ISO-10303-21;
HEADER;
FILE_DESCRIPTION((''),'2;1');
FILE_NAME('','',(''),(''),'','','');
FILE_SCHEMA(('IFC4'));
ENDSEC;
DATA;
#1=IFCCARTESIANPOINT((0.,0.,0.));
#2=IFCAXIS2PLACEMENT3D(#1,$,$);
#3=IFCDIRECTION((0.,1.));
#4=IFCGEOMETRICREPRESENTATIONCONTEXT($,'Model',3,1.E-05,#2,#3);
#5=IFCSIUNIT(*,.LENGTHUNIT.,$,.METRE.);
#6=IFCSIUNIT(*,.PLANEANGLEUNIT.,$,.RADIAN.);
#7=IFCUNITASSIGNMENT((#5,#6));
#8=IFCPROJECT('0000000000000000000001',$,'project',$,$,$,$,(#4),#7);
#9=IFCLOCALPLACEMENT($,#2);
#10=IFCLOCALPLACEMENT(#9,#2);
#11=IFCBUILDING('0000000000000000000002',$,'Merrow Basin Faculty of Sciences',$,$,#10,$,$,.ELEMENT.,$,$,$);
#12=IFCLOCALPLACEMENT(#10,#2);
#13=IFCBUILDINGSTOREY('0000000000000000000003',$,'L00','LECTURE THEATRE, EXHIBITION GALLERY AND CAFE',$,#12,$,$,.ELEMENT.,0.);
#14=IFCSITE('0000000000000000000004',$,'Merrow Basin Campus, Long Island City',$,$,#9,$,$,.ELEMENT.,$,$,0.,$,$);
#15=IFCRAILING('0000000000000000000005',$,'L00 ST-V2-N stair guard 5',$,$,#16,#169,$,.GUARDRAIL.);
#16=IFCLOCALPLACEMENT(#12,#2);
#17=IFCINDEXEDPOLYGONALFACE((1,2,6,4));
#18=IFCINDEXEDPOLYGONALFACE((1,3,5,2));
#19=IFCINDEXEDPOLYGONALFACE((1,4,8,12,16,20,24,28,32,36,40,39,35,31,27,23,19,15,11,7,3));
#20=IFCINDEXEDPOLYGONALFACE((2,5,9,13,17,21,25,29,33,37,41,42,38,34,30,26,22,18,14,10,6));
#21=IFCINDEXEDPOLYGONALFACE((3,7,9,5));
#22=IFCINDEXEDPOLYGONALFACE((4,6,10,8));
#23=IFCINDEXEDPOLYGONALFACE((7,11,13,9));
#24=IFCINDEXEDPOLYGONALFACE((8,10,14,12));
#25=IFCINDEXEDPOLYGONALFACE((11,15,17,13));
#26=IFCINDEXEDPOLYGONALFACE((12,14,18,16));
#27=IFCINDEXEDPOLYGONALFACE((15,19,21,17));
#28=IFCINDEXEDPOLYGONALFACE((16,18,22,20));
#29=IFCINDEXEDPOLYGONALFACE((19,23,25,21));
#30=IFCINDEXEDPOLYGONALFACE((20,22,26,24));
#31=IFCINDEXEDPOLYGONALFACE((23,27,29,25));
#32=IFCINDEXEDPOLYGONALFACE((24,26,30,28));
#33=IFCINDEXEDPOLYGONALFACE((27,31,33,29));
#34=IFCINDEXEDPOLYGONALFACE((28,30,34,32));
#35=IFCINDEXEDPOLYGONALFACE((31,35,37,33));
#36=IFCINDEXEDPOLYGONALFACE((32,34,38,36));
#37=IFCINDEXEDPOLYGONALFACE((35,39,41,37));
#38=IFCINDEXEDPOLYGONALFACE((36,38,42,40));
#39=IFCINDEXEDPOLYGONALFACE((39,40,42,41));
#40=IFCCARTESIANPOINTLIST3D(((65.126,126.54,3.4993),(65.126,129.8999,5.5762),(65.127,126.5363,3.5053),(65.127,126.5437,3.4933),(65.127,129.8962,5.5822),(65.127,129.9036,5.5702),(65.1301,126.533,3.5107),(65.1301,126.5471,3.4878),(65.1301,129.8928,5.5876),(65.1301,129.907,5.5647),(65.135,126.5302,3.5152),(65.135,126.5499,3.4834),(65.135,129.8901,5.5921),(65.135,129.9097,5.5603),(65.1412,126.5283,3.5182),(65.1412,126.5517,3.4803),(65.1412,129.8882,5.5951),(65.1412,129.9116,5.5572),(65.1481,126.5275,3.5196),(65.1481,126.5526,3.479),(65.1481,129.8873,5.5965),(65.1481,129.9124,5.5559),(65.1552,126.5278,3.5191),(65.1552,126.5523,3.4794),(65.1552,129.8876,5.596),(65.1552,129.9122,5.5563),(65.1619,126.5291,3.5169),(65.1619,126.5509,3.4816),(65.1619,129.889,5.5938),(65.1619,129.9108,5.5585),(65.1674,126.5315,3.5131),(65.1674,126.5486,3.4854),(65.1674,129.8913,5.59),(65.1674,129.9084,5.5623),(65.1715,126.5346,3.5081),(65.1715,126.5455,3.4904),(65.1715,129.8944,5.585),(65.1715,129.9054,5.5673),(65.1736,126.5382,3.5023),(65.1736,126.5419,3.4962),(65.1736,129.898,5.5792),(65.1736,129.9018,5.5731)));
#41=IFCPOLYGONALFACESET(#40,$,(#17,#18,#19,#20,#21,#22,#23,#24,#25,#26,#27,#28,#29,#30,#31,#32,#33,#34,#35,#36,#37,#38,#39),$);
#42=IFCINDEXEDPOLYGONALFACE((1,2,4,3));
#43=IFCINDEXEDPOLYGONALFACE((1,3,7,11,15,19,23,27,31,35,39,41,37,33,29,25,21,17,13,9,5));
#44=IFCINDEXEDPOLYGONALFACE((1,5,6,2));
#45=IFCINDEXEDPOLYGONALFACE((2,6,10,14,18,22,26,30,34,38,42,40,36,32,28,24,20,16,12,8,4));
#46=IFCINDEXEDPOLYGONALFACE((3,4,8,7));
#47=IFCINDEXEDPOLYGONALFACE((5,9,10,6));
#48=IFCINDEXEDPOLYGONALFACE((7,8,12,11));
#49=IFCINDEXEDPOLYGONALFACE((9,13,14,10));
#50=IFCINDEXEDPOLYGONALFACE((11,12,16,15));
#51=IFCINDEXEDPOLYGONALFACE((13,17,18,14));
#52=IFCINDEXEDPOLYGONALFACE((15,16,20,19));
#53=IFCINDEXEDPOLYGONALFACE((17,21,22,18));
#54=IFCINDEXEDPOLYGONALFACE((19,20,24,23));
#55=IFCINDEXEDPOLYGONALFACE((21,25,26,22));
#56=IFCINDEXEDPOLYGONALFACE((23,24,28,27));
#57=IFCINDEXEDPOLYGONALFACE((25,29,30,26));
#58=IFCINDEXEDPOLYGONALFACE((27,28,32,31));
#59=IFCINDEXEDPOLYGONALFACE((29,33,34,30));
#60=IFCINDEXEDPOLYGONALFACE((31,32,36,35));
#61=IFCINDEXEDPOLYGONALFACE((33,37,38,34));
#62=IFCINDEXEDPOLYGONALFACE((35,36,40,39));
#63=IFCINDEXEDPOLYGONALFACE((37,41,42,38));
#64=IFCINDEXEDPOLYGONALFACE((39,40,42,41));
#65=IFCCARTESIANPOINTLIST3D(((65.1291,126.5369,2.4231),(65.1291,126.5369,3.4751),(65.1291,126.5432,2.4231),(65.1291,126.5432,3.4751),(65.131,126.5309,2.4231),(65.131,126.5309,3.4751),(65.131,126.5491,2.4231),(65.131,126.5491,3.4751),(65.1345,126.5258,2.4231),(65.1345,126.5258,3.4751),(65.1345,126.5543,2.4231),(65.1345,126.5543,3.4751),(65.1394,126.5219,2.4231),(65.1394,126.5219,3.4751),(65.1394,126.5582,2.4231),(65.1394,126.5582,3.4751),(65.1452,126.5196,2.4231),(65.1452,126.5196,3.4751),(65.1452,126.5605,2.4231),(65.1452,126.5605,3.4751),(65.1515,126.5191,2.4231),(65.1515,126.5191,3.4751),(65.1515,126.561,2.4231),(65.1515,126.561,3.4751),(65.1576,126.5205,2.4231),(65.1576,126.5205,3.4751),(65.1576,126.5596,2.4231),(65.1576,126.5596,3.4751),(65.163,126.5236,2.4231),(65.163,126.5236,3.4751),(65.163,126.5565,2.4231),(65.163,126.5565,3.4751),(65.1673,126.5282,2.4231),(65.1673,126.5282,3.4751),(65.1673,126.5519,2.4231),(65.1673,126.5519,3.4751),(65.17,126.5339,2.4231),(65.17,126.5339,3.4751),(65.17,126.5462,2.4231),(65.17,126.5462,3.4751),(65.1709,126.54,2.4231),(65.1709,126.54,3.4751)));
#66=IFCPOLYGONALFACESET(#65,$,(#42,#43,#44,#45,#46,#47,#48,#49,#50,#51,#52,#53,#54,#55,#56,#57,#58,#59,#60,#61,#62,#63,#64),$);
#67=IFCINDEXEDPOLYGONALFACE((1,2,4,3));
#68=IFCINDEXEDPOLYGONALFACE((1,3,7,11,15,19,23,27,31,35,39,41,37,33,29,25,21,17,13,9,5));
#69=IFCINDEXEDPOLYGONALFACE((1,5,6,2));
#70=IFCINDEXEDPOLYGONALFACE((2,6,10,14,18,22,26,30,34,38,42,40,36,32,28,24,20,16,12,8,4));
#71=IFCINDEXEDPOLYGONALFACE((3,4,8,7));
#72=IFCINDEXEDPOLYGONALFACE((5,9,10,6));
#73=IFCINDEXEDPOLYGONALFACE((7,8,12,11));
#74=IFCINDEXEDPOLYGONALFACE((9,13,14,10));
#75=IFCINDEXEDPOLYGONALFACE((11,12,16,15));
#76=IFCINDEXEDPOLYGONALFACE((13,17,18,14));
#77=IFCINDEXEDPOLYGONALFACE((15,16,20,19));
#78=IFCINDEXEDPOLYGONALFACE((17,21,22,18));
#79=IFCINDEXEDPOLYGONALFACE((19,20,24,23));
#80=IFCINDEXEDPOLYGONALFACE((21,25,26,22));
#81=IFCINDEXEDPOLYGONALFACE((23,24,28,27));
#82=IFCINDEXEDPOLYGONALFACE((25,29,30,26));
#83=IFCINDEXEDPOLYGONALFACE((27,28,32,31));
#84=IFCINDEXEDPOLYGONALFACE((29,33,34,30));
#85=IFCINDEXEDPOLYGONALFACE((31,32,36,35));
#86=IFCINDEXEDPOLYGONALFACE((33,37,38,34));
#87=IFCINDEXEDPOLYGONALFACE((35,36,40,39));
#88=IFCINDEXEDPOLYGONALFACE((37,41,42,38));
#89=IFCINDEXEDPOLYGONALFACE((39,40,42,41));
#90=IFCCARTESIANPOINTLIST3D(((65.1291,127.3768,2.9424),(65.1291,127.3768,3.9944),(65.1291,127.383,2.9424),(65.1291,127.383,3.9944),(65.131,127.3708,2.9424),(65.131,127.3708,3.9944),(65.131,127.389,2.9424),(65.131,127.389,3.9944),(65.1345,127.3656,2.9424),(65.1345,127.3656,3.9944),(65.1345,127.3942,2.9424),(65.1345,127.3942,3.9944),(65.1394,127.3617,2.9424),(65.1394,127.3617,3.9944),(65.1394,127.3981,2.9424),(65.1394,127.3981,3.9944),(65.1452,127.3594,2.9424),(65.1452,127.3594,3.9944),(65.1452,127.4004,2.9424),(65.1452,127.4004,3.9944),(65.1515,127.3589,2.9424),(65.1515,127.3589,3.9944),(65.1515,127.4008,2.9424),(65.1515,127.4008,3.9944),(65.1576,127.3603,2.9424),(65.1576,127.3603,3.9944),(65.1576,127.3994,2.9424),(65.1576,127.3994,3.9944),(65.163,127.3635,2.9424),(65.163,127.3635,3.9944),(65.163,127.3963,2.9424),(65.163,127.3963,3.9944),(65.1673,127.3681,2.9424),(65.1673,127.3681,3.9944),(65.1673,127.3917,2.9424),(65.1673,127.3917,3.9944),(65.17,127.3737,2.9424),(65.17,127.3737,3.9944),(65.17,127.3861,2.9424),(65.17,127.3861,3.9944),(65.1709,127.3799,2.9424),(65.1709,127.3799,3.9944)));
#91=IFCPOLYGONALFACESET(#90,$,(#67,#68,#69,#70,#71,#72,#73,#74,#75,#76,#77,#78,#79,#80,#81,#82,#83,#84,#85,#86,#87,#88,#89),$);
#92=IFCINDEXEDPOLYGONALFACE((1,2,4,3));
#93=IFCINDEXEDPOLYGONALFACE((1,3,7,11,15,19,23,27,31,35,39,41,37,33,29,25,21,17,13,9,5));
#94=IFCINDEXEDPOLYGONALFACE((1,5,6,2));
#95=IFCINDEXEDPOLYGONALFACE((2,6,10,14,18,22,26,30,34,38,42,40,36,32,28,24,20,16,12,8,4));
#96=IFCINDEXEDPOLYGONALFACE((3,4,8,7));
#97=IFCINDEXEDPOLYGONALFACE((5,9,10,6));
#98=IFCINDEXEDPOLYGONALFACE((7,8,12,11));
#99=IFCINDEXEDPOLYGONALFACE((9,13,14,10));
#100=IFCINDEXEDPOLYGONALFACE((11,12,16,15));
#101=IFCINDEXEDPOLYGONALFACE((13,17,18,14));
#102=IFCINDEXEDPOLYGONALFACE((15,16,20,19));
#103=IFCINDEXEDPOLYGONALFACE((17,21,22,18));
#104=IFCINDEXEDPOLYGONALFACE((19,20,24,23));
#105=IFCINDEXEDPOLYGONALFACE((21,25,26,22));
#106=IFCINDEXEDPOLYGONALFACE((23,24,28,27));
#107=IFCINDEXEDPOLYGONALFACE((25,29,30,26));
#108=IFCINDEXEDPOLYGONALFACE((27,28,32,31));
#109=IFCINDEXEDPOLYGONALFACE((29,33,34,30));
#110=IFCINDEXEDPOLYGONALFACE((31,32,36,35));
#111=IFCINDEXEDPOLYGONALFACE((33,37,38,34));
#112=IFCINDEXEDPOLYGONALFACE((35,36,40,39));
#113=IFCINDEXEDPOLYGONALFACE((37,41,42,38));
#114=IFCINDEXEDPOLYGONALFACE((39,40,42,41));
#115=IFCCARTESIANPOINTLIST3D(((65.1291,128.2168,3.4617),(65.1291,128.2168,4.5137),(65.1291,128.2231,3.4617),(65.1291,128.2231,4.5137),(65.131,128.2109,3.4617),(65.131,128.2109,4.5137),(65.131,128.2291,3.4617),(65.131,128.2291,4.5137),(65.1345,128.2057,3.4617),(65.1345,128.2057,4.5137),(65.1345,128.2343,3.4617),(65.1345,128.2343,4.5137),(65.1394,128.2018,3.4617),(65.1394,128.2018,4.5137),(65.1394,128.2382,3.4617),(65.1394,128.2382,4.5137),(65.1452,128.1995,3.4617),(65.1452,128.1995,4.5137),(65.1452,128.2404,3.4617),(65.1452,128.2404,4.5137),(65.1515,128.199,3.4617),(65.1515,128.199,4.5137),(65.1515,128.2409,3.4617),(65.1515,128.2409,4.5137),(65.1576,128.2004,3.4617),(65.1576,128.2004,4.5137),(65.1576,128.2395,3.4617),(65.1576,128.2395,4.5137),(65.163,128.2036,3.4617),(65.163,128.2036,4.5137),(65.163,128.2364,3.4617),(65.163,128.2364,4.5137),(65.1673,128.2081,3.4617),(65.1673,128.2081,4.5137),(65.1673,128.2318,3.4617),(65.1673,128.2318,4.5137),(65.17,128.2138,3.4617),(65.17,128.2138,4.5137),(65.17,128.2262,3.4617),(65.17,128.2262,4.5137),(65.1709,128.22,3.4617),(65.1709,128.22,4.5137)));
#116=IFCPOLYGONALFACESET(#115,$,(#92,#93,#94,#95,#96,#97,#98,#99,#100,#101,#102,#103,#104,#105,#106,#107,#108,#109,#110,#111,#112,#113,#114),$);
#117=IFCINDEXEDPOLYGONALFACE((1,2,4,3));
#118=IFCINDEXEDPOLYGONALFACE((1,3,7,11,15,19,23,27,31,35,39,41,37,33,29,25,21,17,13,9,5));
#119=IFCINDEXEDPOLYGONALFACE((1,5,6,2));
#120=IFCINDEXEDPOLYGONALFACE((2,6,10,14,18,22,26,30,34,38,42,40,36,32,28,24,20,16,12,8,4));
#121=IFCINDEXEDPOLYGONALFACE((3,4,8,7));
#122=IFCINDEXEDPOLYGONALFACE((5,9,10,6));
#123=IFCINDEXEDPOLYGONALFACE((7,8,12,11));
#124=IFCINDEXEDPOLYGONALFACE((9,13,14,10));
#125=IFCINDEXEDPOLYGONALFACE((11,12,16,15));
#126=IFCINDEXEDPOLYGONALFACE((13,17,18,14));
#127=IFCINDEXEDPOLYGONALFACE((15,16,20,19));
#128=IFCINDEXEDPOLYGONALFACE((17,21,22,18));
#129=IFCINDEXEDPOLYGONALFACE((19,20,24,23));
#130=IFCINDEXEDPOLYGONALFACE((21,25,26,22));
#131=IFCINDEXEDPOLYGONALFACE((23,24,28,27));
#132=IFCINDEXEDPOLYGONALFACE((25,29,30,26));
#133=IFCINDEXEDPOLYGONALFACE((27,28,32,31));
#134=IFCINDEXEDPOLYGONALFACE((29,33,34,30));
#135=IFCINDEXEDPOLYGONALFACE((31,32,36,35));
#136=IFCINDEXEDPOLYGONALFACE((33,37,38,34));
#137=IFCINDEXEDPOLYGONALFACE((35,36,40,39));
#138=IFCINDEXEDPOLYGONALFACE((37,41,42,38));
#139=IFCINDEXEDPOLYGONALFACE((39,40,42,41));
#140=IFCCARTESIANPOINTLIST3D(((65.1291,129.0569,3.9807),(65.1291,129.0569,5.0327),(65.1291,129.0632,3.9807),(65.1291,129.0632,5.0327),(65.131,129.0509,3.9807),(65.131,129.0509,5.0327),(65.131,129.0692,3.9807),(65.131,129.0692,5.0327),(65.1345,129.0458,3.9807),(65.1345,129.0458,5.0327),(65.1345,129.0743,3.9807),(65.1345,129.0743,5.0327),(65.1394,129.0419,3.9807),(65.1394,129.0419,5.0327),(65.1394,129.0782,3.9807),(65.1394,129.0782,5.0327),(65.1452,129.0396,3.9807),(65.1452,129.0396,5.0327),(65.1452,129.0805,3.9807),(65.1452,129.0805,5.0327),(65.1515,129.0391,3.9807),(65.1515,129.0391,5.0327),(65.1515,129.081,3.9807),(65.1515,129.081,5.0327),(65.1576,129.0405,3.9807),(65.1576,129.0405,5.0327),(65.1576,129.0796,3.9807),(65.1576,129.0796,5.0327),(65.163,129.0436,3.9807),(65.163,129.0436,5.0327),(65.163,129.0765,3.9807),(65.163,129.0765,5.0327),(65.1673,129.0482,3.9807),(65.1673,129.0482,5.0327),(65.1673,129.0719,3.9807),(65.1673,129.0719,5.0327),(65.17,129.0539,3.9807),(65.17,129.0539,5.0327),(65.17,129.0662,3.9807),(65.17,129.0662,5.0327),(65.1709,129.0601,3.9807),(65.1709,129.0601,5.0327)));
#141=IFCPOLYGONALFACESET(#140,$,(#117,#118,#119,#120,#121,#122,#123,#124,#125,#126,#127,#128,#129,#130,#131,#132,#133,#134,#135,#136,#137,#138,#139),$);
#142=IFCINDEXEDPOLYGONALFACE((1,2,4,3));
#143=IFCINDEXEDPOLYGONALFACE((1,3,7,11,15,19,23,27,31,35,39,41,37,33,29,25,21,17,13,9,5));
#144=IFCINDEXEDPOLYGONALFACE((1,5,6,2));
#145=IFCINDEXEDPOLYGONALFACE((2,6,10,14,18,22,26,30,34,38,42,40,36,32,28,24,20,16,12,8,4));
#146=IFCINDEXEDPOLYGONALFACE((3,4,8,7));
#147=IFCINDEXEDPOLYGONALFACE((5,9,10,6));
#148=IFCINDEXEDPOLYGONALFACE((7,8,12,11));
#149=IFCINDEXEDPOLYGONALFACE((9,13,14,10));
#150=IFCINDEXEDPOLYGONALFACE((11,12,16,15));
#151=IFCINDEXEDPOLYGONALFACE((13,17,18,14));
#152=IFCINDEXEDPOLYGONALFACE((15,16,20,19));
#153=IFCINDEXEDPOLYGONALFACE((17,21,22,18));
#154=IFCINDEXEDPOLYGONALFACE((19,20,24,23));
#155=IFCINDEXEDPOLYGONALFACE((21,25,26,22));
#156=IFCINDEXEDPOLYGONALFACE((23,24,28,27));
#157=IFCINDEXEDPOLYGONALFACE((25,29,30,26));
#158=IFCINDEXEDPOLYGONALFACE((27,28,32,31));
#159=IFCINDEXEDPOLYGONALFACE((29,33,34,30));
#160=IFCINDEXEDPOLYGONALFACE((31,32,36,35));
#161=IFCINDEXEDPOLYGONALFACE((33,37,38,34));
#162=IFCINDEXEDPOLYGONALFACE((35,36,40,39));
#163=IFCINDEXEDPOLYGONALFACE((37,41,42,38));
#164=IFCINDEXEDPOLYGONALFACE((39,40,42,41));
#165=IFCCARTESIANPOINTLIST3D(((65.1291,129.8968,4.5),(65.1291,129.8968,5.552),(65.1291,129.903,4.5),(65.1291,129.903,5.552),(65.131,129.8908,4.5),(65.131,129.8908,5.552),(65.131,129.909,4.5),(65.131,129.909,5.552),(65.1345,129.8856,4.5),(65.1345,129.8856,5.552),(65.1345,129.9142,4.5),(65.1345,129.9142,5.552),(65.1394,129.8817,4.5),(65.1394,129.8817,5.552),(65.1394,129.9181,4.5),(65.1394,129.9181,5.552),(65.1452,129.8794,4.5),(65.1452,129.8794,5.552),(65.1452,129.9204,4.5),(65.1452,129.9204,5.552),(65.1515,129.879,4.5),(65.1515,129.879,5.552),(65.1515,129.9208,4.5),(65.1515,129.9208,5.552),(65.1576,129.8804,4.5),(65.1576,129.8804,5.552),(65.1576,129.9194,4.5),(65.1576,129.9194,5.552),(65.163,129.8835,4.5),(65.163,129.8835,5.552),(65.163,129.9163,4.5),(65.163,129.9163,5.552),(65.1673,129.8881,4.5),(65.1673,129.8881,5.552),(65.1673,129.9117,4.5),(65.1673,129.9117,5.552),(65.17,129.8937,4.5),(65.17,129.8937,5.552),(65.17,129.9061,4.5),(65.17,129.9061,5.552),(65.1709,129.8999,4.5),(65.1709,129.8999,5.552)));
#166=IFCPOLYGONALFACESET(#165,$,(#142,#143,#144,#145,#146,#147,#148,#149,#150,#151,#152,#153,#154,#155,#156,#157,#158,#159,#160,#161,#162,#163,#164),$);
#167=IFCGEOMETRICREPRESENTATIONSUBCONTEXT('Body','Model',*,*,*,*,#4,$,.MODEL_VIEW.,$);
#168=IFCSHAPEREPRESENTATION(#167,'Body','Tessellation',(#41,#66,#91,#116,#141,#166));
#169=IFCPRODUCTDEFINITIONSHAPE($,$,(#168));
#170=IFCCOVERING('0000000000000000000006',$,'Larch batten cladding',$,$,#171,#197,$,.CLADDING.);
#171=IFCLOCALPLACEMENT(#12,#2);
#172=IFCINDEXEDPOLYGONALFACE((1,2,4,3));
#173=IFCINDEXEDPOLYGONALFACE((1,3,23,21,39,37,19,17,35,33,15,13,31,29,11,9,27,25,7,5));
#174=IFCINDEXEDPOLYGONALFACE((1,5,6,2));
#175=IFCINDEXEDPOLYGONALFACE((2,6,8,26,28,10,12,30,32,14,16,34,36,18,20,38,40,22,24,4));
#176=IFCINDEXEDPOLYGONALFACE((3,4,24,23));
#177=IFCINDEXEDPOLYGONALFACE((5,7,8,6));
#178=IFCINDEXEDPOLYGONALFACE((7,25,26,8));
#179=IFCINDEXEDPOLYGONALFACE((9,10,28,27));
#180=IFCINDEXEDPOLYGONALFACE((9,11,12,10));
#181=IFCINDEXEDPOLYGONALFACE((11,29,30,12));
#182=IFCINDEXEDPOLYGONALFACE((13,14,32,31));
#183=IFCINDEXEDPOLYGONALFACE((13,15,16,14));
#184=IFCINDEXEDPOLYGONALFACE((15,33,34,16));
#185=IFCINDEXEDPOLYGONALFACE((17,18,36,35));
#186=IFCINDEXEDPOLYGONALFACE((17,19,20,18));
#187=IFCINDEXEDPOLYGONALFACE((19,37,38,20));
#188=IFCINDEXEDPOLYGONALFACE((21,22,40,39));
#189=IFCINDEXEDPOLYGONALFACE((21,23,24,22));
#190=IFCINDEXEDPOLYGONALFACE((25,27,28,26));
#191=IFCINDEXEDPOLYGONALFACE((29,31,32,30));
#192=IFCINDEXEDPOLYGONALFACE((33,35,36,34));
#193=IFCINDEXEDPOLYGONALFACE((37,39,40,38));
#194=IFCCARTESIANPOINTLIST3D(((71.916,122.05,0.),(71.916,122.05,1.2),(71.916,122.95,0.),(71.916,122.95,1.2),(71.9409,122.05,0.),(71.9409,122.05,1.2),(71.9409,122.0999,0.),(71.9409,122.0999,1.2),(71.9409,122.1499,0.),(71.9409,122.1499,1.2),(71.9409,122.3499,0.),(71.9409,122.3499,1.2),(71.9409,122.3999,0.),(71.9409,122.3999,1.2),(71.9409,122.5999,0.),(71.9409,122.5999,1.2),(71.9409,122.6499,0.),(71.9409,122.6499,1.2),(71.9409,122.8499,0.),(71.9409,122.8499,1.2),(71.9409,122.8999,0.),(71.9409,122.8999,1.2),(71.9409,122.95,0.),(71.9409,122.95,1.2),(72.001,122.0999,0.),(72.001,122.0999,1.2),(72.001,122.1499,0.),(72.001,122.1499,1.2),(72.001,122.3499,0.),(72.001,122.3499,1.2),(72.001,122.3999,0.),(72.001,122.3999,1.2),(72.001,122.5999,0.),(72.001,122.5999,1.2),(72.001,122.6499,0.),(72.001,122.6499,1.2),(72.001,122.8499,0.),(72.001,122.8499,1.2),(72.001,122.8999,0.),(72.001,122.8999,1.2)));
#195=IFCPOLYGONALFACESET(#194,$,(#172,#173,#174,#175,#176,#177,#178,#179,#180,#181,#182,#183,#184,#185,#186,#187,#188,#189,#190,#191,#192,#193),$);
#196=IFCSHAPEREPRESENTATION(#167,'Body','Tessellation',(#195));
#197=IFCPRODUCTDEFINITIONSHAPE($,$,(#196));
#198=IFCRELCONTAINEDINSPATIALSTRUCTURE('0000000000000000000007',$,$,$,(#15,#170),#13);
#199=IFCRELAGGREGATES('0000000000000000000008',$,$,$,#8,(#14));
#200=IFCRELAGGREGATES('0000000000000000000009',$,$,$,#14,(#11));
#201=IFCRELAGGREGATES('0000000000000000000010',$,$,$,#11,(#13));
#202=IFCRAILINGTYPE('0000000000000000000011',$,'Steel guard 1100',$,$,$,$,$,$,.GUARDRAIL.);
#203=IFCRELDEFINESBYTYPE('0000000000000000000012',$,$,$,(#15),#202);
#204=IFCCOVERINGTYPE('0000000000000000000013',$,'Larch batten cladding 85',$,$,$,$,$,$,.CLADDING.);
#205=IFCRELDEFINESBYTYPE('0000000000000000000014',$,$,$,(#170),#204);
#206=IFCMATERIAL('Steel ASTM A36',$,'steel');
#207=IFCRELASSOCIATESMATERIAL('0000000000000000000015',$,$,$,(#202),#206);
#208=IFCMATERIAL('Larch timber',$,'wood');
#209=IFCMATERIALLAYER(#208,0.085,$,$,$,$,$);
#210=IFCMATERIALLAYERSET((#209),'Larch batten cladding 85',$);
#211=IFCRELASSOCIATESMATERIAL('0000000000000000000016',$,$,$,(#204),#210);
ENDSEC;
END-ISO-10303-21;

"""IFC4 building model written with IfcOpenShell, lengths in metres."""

from ifc_helpers import new_model, si_unit, direction, frame, origin, origin_2d, place, context, subcontext, project, spatial, polyline, circle, outline, extrude, source, transform, mapped, material, layer, layer_set, type_object, element, save


model = new_model("IFC4")

# Units and contexts
model_context = context("Model", 3, precision=1e-05, world=origin(), true_north=direction((0.0, 1.0)))
body_context = subcontext(model_context, "Body", "Model", "MODEL_VIEW")
ifc_project = project(units=[si_unit("LENGTHUNIT", "METRE"), si_unit("PLANEANGLEUNIT", "RADIAN")], contexts=[model_context])

# Site, building, storey
site_placement = place(None, origin())
site = spatial("IfcSite", under=ifc_project, at=site_placement, Name="Merrow Basin Campus, Long Island City", CompositionType="ELEMENT", RefElevation=0.0)
building_placement = place(site_placement, origin())
building = spatial("IfcBuilding", under=site, at=building_placement, Name="Merrow Basin Faculty of Sciences", CompositionType="ELEMENT")
storey_placement = place(building_placement, origin())
storey = spatial("IfcBuildingStorey", under=building, at=storey_placement, Name="L00", Description="LECTURE THEATRE, EXHIBITION GALLERY AND CAFE", CompositionType="ELEMENT", Elevation=0.0)

# Railing
ifc_material_1 = material(Name="Steel ASTM A36", Category="steel")
railing_type = type_object("IfcRailingType", Name="Steel guard 1100", PredefinedType="GUARDRAIL", material=ifc_material_1)
railing_1_placement = place(storey_placement, frame((65.1499, 126.54, 2.4231)))
element("IfcRailing", 1, at=railing_1_placement, inside=storey, type_object=railing_type, Name="L00 ST-V2-N stair guard 5", PredefinedType="GUARDRAIL", context=body_context, shape_type="SweptSolid", body=[
    extrude(circle(Radius=0.0239, at=origin_2d()), frame((0.0, 0.0, 1.0762), z_axis=(0.0, 0.850606, 0.525803), x_axis=(-1.0, 0.0, 0.0)), (0.0, 0.0, 1.0), 3.95),
    extrude(circle(Radius=0.021, at=origin_2d()), origin(), (0.0, 0.0, 1.0), 1.052),
    extrude(circle(Radius=0.021, at=origin_2d()), frame((0.0, 0.8398, 0.5193)), (0.0, 0.0, 1.0), 1.052),
    extrude(circle(Radius=0.021, at=origin_2d()), frame((0.0, 1.6799, 1.0386)), (0.0, 0.0, 1.0), 1.052),
    extrude(circle(Radius=0.021, at=origin_2d()), frame((0.0, 2.52, 1.5576)), (0.0, 0.0, 1.0), 1.052),
    extrude(circle(Radius=0.021, at=origin_2d()), frame((0.0, 3.3599, 2.0769)), (0.0, 0.0, 1.0), 1.052),
])

# Covering
ifc_material_2 = material(Name="Larch timber", Category="wood")
ifc_layer_1 = layer(ifc_material_2, 0.085)
ifc_layer_set_1 = layer_set([ifc_layer_1], Name="Larch batten cladding 85")
covering_type = type_object("IfcCoveringType", Name="Larch batten cladding 85", PredefinedType="CLADDING", material=ifc_layer_set_1)
shared_shape_1 = source(origin(), body_context, "Body", "SweptSolid", [
    extrude(outline(polyline([(0.0, 0.0), (0.8999, 0.0), (0.8999, 0.0249), (0.8501, 0.0249), (0.8501, 0.085), (0.8, 0.085), (0.8, 0.0249), (0.6001, 0.0249), (0.6001, 0.085), (0.55, 0.085), (0.55, 0.0249), (0.3501, 0.0249), (0.3501, 0.085), (0.3, 0.085), (0.3, 0.0249), (0.1001, 0.0249), (0.1001, 0.085), (0.05, 0.085), (0.05, 0.0249), (0.0, 0.0249), (0.0, 0.0)])), origin(), (0.0, 0.0, 1.0), 1.2),
])
covering_1_placement = place(storey_placement, frame((71.916, 122.95, 0.0), z_axis=(0.0, 0.0, 1.0), x_axis=(0.0, -1.0, 0.0)))
element("IfcCovering", 2, at=covering_1_placement, inside=storey, type_object=covering_type, Name="Larch batten cladding", PredefinedType="CLADDING", context=body_context, shape_type="MappedRepresentation", body=[
    mapped(shared_shape_1, transform((0.0, 0.0, 0.0), scale=1.0)),
])

save(model, "model.ifc")
